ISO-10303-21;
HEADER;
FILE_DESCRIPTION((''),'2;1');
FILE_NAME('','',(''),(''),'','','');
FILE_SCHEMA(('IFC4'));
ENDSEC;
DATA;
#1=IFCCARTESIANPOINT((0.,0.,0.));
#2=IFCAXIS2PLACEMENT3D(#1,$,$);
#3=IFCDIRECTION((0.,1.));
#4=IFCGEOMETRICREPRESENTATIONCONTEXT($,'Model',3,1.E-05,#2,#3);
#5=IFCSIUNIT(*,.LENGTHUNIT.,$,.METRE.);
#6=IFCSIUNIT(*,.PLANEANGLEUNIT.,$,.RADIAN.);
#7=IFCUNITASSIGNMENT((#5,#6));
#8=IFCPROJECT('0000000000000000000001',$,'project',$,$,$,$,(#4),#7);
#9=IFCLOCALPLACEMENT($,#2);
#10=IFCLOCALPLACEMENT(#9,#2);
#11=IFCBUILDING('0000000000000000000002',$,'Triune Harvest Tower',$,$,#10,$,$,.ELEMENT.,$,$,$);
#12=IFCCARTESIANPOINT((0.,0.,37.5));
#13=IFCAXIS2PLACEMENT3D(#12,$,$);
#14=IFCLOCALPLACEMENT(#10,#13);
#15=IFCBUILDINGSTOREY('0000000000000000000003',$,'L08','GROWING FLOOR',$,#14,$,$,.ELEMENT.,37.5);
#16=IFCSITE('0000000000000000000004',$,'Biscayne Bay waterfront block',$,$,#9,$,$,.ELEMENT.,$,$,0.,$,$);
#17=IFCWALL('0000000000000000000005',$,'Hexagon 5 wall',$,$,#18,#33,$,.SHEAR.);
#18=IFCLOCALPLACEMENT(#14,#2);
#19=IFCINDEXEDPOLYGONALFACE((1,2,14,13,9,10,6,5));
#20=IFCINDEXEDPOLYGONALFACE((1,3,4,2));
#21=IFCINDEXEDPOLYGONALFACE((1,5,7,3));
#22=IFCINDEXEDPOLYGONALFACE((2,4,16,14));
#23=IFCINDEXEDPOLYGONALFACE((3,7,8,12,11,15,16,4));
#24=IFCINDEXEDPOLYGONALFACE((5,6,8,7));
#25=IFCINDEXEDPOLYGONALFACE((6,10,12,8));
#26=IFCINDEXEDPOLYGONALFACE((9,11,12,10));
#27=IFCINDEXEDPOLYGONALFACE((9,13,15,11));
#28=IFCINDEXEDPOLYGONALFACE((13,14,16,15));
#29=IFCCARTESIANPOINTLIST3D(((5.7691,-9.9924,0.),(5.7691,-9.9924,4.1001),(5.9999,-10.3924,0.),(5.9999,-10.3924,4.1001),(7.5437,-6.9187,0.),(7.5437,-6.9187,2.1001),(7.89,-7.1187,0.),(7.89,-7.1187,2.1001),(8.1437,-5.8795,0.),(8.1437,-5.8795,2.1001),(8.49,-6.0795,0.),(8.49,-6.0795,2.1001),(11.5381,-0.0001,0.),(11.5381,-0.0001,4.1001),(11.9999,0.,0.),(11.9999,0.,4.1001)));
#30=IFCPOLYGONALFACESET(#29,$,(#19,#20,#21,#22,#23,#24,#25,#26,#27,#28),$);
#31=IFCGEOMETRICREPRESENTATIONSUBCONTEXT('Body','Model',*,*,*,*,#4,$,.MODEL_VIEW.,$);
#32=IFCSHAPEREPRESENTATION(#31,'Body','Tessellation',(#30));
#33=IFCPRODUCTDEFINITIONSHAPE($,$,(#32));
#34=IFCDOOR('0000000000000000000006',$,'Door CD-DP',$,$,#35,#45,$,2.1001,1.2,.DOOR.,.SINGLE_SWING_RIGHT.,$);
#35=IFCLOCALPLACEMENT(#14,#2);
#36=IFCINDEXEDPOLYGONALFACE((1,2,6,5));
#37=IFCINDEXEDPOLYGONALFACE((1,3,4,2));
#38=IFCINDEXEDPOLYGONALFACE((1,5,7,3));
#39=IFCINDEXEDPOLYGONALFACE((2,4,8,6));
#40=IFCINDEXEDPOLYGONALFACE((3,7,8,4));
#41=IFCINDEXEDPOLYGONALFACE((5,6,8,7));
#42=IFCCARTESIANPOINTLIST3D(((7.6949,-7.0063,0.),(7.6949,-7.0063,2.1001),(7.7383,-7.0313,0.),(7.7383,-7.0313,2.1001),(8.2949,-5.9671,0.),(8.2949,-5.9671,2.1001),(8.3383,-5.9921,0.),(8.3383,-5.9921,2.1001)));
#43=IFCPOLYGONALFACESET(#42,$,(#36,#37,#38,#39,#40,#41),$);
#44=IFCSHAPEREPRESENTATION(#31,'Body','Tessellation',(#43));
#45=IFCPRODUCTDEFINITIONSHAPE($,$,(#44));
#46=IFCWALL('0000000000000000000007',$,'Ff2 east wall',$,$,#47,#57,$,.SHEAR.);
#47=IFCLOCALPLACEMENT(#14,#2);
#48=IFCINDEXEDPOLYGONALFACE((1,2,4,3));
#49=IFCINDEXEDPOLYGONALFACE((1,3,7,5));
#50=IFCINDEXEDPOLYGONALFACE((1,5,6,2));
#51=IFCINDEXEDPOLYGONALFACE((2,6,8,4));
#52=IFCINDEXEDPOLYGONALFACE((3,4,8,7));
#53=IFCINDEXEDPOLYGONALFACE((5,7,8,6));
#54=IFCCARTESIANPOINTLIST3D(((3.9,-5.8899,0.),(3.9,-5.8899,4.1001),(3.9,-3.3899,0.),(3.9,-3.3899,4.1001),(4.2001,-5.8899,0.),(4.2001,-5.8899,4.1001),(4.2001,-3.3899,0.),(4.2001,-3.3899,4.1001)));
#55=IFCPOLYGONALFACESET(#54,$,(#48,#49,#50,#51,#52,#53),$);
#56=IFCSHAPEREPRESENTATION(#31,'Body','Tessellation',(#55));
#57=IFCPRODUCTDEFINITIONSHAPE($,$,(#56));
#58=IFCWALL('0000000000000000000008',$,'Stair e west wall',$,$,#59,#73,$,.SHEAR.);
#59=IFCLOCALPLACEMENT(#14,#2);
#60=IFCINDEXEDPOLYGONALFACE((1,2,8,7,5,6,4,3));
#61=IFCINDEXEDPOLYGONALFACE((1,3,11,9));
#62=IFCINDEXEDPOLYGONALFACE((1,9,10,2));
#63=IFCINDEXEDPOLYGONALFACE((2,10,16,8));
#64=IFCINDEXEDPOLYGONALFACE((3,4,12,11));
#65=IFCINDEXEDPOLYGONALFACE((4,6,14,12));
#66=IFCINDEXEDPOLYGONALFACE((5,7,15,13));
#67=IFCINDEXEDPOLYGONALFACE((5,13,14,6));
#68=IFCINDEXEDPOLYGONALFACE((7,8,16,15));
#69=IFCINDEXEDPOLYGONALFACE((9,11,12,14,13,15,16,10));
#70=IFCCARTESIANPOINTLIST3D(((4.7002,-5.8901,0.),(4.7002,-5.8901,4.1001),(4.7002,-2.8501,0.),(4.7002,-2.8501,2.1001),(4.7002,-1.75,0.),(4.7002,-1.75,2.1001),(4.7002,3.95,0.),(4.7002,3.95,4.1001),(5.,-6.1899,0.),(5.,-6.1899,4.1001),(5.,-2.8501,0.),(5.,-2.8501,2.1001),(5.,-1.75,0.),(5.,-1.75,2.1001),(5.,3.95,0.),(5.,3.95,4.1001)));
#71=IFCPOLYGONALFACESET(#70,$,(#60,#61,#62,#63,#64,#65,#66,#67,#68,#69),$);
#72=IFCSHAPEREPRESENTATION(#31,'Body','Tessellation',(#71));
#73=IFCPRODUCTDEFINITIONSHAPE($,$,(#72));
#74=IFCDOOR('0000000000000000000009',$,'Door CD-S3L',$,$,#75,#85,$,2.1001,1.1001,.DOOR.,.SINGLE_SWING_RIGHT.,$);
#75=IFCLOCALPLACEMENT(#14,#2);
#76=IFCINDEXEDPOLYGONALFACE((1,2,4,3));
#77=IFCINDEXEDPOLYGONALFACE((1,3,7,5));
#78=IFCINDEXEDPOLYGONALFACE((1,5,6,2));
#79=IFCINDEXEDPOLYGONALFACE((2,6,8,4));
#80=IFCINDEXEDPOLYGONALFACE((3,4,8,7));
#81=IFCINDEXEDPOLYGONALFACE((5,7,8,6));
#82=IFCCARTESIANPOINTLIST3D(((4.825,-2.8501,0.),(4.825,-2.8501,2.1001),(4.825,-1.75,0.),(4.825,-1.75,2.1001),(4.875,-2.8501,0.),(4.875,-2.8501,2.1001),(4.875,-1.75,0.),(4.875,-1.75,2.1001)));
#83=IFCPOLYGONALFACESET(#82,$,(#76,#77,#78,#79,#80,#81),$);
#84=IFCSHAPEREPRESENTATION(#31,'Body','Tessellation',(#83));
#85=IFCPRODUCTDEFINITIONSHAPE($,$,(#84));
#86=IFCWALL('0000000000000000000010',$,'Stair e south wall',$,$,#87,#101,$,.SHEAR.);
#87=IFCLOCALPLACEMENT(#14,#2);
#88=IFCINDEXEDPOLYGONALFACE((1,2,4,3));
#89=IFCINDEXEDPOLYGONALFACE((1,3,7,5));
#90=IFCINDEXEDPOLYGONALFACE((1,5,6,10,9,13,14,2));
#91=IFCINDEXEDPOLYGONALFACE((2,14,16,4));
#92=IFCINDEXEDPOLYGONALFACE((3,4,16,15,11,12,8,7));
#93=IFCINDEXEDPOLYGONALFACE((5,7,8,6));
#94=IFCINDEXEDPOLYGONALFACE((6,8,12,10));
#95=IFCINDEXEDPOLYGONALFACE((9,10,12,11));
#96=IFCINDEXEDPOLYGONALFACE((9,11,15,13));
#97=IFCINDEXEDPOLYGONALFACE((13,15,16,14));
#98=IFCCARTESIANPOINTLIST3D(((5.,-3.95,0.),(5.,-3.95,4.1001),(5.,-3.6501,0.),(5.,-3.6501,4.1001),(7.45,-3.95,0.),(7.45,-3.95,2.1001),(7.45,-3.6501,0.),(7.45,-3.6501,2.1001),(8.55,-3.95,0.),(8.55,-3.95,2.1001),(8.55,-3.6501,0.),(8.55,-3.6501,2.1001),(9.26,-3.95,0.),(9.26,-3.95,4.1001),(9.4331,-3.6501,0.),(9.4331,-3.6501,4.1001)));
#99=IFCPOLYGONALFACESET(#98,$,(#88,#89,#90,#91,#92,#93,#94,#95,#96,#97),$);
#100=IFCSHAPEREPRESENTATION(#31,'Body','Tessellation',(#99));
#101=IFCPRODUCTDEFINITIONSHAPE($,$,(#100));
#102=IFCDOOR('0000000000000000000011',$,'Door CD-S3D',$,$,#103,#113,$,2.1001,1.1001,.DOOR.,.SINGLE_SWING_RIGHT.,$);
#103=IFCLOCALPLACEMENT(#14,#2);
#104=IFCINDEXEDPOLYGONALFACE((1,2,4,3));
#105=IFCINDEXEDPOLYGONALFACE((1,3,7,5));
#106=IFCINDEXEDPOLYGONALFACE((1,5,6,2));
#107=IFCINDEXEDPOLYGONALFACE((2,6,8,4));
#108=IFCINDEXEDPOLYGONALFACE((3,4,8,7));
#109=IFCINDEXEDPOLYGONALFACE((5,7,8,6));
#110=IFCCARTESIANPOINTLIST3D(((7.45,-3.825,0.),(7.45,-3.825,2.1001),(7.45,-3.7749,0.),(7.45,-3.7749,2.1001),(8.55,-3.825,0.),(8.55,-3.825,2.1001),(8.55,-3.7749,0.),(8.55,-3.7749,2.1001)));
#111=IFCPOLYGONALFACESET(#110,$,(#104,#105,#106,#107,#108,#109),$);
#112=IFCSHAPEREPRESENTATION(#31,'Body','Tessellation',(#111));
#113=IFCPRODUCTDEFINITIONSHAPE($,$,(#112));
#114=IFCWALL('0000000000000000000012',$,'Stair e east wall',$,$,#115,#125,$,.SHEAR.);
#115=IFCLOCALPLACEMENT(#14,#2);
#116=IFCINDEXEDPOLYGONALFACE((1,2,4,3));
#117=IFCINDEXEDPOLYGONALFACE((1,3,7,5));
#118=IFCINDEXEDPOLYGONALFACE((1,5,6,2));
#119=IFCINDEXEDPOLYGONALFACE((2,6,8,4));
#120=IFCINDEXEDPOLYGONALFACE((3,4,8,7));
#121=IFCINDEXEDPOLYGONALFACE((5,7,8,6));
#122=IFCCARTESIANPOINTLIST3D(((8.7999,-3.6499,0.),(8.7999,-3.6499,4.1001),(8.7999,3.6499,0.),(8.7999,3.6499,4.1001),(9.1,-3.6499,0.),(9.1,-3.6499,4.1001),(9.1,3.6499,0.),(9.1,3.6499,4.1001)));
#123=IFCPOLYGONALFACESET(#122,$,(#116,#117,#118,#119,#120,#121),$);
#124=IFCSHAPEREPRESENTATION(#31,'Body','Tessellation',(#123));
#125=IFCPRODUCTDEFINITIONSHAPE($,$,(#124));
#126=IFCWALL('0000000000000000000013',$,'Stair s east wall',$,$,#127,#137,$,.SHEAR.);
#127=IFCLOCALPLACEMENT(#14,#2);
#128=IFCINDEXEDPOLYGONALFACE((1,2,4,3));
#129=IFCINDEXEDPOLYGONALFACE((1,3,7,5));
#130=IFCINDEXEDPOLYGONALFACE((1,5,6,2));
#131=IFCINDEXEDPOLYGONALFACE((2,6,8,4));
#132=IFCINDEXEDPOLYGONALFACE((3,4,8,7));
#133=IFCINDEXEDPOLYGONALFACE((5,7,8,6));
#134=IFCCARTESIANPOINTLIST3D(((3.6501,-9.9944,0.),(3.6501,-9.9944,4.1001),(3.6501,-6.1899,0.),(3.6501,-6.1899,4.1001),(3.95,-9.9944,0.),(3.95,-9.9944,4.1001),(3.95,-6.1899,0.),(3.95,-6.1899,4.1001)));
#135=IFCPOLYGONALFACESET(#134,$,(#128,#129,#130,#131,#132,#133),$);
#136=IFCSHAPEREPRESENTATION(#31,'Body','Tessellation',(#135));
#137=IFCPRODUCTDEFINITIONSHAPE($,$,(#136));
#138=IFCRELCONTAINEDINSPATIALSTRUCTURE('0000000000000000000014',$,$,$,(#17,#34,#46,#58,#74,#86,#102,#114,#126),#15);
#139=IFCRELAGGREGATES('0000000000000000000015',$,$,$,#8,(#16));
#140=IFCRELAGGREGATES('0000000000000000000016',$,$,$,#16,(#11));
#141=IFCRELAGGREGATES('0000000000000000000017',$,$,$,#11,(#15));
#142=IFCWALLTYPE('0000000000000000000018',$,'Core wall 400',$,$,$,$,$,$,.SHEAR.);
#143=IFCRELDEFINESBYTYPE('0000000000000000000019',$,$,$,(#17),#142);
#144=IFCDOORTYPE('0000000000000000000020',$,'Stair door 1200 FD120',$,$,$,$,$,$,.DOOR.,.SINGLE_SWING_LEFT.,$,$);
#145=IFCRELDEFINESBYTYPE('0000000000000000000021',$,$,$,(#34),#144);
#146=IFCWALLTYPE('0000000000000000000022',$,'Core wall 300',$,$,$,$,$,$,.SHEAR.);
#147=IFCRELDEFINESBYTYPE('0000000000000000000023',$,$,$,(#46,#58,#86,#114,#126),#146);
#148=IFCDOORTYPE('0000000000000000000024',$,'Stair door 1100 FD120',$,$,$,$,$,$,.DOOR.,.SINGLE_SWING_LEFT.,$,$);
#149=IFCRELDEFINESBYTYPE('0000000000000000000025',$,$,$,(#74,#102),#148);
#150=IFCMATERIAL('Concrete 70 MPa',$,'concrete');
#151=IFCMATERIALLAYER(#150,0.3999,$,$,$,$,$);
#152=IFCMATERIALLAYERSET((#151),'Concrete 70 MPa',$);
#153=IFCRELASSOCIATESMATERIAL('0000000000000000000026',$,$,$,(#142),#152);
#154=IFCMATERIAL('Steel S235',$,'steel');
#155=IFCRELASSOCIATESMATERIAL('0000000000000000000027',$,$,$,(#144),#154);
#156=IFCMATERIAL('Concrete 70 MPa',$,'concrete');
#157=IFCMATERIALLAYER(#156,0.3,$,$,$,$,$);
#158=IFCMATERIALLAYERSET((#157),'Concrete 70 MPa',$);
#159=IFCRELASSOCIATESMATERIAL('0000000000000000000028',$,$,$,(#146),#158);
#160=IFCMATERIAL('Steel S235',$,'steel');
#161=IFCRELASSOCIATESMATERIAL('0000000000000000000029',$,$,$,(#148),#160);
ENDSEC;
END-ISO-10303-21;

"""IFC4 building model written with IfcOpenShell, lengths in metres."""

from ifc_helpers import new_model, si_unit, direction, frame, frame_2d, origin, place, context, subcontext, project, spatial, polyline, rectangle, outline, extrude, source, transform, mapped, material, layer, layer_set, type_object, element, fill, save


model = new_model("IFC4")

# Units and contexts
model_context = context("Model", 3, precision=1e-05, world=origin(), true_north=direction((0.0, 1.0)))
body_context = subcontext(model_context, "Body", "Model", "MODEL_VIEW")
ifc_project = project(units=[si_unit("LENGTHUNIT", "METRE"), si_unit("PLANEANGLEUNIT", "RADIAN")], contexts=[model_context])

# Site, building, storey
site_placement = place(None, origin())
site = spatial("IfcSite", under=ifc_project, at=site_placement, Name="Biscayne Bay waterfront block", CompositionType="ELEMENT", RefElevation=0.0)
building_placement = place(site_placement, origin())
building = spatial("IfcBuilding", under=site, at=building_placement, Name="Triune Harvest Tower", CompositionType="ELEMENT")
storey_placement = place(building_placement, frame((0.0, 0.0, 37.5)))
storey = spatial("IfcBuildingStorey", under=building, at=storey_placement, Name="L08", Description="GROWING FLOOR", CompositionType="ELEMENT", Elevation=37.5)

# Wall, opening, door
ifc_material_1 = material(Name="Concrete 70 MPa", Category="concrete")
ifc_layer_1 = layer(ifc_material_1, 0.3999)
ifc_layer_set_1 = layer_set([ifc_layer_1], Name="Concrete 70 MPa")
wall_type_1 = type_object("IfcWallType", Name="Core wall 400", PredefinedType="SHEAR", material=ifc_layer_set_1)
shared_shape_1 = source(origin(), body_context, "Body", "SweptSolid", [
    extrude(outline(polyline([(-0.1155, -0.2), (11.8845, -0.2), (11.6536, 0.2), (0.1155, 0.2), (-0.1155, -0.2)])), origin(), (0.0, 0.0, 1.0), 4.1001),
])
wall_1_placement = place(storey_placement, frame((5.8845, -10.1924, 0.0), z_axis=(0.0, 0.0, 1.0), x_axis=(0.499997, 0.866027, 0.0)))
wall_1 = element("IfcWall", 1, at=wall_1_placement, inside=storey, type_object=wall_type_1, Name="Hexagon 5 wall", PredefinedType="SHEAR", context=body_context, shape_type="MappedRepresentation", body=[
    mapped(shared_shape_1, transform((0.0, 0.0, 0.0), scale=1.0)),
])
opening_1_placement = place(wall_1_placement, frame((3.6646, 0.0, 0.0)))
opening_1 = element("IfcOpeningElement", 2, at=opening_1_placement, cuts=wall_1, PredefinedType="OPENING", context=body_context, shape_type="SweptSolid", body=[
    extrude(rectangle(XDim=1.2, YDim=2.1001, at=frame_2d((0.6001, 1.05))), frame((0.0, 0.21, 0.0), z_axis=(0.0, -1.0, 0.0), x_axis=(1.0, 0.0, 0.0)), (0.0, 0.0, 1.0), 0.4199),
])
ifc_material_2 = material(Name="Steel S235", Category="steel")
door_type_1 = type_object("IfcDoorType", Name="Stair door 1200 FD120", OperationType="SINGLE_SWING_LEFT", PredefinedType="DOOR", material=ifc_material_2)
door_1_placement = place(opening_1_placement, frame((1.2, 0.0, 0.0), z_axis=(0.0, 0.0, 1.0), x_axis=(-1.0, 0.0, 0.0)))
door_1 = element("IfcDoor", 3, at=door_1_placement, inside=storey, type_object=door_type_1, Name="Door CD-DP", OperationType="SINGLE_SWING_RIGHT", OverallHeight=2.1001, OverallWidth=1.2, PredefinedType="DOOR", context=body_context, shape_type="SweptSolid", body=[
    extrude(rectangle(XDim=1.2, YDim=2.1001, at=frame_2d((0.6001, 1.05))), frame((0.0, 0.0249, 0.0), z_axis=(0.0, -1.0, 0.0), x_axis=(1.0, 0.0, 0.0)), (0.0, 0.0, 1.0), 0.05),
])
fill(opening_1, door_1)

# Wall
ifc_material_3 = material(Name="Concrete 70 MPa", Category="concrete")
ifc_layer_2 = layer(ifc_material_3, 0.3)
ifc_layer_set_2 = layer_set([ifc_layer_2], Name="Concrete 70 MPa")
wall_type_2 = type_object("IfcWallType", Name="Core wall 300", PredefinedType="SHEAR", material=ifc_layer_set_2)
shared_shape_2 = source(origin(), body_context, "Body", "SweptSolid", [
    extrude(rectangle(XDim=2.5, YDim=0.3, at=frame_2d((1.25, 0.0))), origin(), (0.0, 0.0, 1.0), 4.1001),
])
wall_2_placement = place(storey_placement, frame((4.05, -5.8899, 0.0), z_axis=(0.0, 0.0, 1.0), x_axis=(0.0, 1.0, 0.0)))
element("IfcWall", 4, at=wall_2_placement, inside=storey, type_object=wall_type_2, Name="Ff2 east wall", PredefinedType="SHEAR", context=body_context, shape_type="MappedRepresentation", body=[
    mapped(shared_shape_2, transform((0.0, 0.0, 0.0), scale=1.0)),
])

# Walls, openings, doors
shared_shape_3 = source(origin(), body_context, "Body", "SweptSolid", [
    extrude(outline(polyline([(-0.1499, -0.1499), (9.99, -0.1499), (9.99, 0.1499), (0.1499, 0.1499), (-0.1499, -0.1499)])), origin(), (0.0, 0.0, 1.0), 4.1001),
])
wall_3_placement = place(storey_placement, frame((4.8501, -6.04, 0.0), z_axis=(0.0, 0.0, 1.0), x_axis=(0.0, 1.0, 0.0)))
wall_3 = element("IfcWall", 5, at=wall_3_placement, inside=storey, type_object=wall_type_2, Name="Stair e west wall", PredefinedType="SHEAR", context=body_context, shape_type="MappedRepresentation", body=[
    mapped(shared_shape_3, transform((0.0, 0.0, 0.0), scale=1.0)),
])
opening_2_placement = place(wall_3_placement, frame((3.1899, 0.0, 0.0)))
opening_2 = element("IfcOpeningElement", 6, at=opening_2_placement, cuts=wall_3, PredefinedType="OPENING", context=body_context, shape_type="SweptSolid", body=[
    extrude(rectangle(XDim=1.1001, YDim=2.1001, at=frame_2d((0.55, 1.05))), frame((0.0, 0.1602, 0.0), z_axis=(0.0, -1.0, 0.0), x_axis=(1.0, 0.0, 0.0)), (0.0, 0.0, 1.0), 0.3201),
])
ifc_material_4 = material(Name="Steel S235", Category="steel")
door_type_2 = type_object("IfcDoorType", Name="Stair door 1100 FD120", OperationType="SINGLE_SWING_LEFT", PredefinedType="DOOR", material=ifc_material_4)
door_2_placement = place(opening_2_placement, frame((1.1001, 0.0, 0.0), z_axis=(0.0, 0.0, 1.0), x_axis=(-1.0, 0.0, 0.0)))
door_2 = element("IfcDoor", 7, at=door_2_placement, inside=storey, type_object=door_type_2, Name="Door CD-S3L", OperationType="SINGLE_SWING_RIGHT", OverallHeight=2.1001, OverallWidth=1.1001, PredefinedType="DOOR", context=body_context, shape_type="SweptSolid", body=[
    extrude(rectangle(XDim=1.1001, YDim=2.1001, at=frame_2d((0.55, 1.05))), frame((0.0, 0.0249, 0.0), z_axis=(0.0, -1.0, 0.0), x_axis=(1.0, 0.0, 0.0)), (0.0, 0.0, 1.0), 0.05),
])
fill(opening_2, door_2)
shared_shape_4 = source(origin(), body_context, "Body", "SweptSolid", [
    extrude(outline(polyline([(0.0, -0.1499), (0.0, 0.1499), (4.4331, 0.1499), (4.26, -0.1499), (0.0, -0.1499)])), origin(), (0.0, 0.0, 1.0), 4.1001),
])
wall_4_placement = place(storey_placement, frame((5.0, -3.8, 0.0), z_axis=(0.0, 0.0, 1.0), x_axis=(1.0, 0.0, 0.0)))
wall_4 = element("IfcWall", 8, at=wall_4_placement, inside=storey, type_object=wall_type_2, Name="Stair e south wall", PredefinedType="SHEAR", context=body_context, shape_type="MappedRepresentation", body=[
    mapped(shared_shape_4, transform((0.0, 0.0, 0.0), scale=1.0)),
])
opening_3_placement = place(wall_4_placement, frame((2.45, 0.0, 0.0)))
opening_3 = element("IfcOpeningElement", 9, at=opening_3_placement, cuts=wall_4, PredefinedType="OPENING", context=body_context, shape_type="SweptSolid", body=[
    extrude(rectangle(XDim=1.1001, YDim=2.1001, at=frame_2d((0.55, 1.05))), frame((0.0, 0.1602, 0.0), z_axis=(0.0, -1.0, 0.0), x_axis=(1.0, 0.0, 0.0)), (0.0, 0.0, 1.0), 0.3201),
])
door_3_placement = place(opening_3_placement, frame((1.1001, 0.0, 0.0), z_axis=(0.0, 0.0, 1.0), x_axis=(-1.0, 0.0, 0.0)))
door_3 = element("IfcDoor", 10, at=door_3_placement, inside=storey, type_object=door_type_2, Name="Door CD-S3D", OperationType="SINGLE_SWING_RIGHT", OverallHeight=2.1001, OverallWidth=1.1001, PredefinedType="DOOR", context=body_context, shape_type="SweptSolid", body=[
    extrude(rectangle(XDim=1.1001, YDim=2.1001, at=frame_2d((0.55, 1.05))), frame((0.0, 0.0249, 0.0), z_axis=(0.0, -1.0, 0.0), x_axis=(1.0, 0.0, 0.0)), (0.0, 0.0, 1.0), 0.05),
])
fill(opening_3, door_3)

# Walls
shared_shape_5 = source(origin(), body_context, "Body", "SweptSolid", [
    extrude(rectangle(XDim=7.2998, YDim=0.3, at=frame_2d((3.6499, 0.0))), origin(), (0.0, 0.0, 1.0), 4.1001),
])
wall_5_placement = place(storey_placement, frame((8.95, -3.6499, 0.0), z_axis=(0.0, 0.0, 1.0), x_axis=(0.0, 1.0, 0.0)))
element("IfcWall", 11, at=wall_5_placement, inside=storey, type_object=wall_type_2, Name="Stair e east wall", PredefinedType="SHEAR", context=body_context, shape_type="MappedRepresentation", body=[
    mapped(shared_shape_5, transform((0.0, 0.0, 0.0), scale=1.0)),
])
shared_shape_6 = source(origin(), body_context, "Body", "SweptSolid", [
    extrude(outline(polyline([(3.8, -0.1499), (-0.0044, -0.1499), (-0.0044, 0.1499), (3.8, 0.1499), (3.8, -0.1499)])), origin(), (0.0, 0.0, 1.0), 4.1001),
])
wall_6_placement = place(storey_placement, frame((3.8, -9.99, 0.0), z_axis=(0.0, 0.0, 1.0), x_axis=(0.0, 1.0, 0.0)))
element("IfcWall", 12, at=wall_6_placement, inside=storey, type_object=wall_type_2, Name="Stair s east wall", PredefinedType="SHEAR", context=body_context, shape_type="MappedRepresentation", body=[
    mapped(shared_shape_6, transform((0.0, 0.0, 0.0), scale=1.0)),
])

save(model, "model.ifc")
